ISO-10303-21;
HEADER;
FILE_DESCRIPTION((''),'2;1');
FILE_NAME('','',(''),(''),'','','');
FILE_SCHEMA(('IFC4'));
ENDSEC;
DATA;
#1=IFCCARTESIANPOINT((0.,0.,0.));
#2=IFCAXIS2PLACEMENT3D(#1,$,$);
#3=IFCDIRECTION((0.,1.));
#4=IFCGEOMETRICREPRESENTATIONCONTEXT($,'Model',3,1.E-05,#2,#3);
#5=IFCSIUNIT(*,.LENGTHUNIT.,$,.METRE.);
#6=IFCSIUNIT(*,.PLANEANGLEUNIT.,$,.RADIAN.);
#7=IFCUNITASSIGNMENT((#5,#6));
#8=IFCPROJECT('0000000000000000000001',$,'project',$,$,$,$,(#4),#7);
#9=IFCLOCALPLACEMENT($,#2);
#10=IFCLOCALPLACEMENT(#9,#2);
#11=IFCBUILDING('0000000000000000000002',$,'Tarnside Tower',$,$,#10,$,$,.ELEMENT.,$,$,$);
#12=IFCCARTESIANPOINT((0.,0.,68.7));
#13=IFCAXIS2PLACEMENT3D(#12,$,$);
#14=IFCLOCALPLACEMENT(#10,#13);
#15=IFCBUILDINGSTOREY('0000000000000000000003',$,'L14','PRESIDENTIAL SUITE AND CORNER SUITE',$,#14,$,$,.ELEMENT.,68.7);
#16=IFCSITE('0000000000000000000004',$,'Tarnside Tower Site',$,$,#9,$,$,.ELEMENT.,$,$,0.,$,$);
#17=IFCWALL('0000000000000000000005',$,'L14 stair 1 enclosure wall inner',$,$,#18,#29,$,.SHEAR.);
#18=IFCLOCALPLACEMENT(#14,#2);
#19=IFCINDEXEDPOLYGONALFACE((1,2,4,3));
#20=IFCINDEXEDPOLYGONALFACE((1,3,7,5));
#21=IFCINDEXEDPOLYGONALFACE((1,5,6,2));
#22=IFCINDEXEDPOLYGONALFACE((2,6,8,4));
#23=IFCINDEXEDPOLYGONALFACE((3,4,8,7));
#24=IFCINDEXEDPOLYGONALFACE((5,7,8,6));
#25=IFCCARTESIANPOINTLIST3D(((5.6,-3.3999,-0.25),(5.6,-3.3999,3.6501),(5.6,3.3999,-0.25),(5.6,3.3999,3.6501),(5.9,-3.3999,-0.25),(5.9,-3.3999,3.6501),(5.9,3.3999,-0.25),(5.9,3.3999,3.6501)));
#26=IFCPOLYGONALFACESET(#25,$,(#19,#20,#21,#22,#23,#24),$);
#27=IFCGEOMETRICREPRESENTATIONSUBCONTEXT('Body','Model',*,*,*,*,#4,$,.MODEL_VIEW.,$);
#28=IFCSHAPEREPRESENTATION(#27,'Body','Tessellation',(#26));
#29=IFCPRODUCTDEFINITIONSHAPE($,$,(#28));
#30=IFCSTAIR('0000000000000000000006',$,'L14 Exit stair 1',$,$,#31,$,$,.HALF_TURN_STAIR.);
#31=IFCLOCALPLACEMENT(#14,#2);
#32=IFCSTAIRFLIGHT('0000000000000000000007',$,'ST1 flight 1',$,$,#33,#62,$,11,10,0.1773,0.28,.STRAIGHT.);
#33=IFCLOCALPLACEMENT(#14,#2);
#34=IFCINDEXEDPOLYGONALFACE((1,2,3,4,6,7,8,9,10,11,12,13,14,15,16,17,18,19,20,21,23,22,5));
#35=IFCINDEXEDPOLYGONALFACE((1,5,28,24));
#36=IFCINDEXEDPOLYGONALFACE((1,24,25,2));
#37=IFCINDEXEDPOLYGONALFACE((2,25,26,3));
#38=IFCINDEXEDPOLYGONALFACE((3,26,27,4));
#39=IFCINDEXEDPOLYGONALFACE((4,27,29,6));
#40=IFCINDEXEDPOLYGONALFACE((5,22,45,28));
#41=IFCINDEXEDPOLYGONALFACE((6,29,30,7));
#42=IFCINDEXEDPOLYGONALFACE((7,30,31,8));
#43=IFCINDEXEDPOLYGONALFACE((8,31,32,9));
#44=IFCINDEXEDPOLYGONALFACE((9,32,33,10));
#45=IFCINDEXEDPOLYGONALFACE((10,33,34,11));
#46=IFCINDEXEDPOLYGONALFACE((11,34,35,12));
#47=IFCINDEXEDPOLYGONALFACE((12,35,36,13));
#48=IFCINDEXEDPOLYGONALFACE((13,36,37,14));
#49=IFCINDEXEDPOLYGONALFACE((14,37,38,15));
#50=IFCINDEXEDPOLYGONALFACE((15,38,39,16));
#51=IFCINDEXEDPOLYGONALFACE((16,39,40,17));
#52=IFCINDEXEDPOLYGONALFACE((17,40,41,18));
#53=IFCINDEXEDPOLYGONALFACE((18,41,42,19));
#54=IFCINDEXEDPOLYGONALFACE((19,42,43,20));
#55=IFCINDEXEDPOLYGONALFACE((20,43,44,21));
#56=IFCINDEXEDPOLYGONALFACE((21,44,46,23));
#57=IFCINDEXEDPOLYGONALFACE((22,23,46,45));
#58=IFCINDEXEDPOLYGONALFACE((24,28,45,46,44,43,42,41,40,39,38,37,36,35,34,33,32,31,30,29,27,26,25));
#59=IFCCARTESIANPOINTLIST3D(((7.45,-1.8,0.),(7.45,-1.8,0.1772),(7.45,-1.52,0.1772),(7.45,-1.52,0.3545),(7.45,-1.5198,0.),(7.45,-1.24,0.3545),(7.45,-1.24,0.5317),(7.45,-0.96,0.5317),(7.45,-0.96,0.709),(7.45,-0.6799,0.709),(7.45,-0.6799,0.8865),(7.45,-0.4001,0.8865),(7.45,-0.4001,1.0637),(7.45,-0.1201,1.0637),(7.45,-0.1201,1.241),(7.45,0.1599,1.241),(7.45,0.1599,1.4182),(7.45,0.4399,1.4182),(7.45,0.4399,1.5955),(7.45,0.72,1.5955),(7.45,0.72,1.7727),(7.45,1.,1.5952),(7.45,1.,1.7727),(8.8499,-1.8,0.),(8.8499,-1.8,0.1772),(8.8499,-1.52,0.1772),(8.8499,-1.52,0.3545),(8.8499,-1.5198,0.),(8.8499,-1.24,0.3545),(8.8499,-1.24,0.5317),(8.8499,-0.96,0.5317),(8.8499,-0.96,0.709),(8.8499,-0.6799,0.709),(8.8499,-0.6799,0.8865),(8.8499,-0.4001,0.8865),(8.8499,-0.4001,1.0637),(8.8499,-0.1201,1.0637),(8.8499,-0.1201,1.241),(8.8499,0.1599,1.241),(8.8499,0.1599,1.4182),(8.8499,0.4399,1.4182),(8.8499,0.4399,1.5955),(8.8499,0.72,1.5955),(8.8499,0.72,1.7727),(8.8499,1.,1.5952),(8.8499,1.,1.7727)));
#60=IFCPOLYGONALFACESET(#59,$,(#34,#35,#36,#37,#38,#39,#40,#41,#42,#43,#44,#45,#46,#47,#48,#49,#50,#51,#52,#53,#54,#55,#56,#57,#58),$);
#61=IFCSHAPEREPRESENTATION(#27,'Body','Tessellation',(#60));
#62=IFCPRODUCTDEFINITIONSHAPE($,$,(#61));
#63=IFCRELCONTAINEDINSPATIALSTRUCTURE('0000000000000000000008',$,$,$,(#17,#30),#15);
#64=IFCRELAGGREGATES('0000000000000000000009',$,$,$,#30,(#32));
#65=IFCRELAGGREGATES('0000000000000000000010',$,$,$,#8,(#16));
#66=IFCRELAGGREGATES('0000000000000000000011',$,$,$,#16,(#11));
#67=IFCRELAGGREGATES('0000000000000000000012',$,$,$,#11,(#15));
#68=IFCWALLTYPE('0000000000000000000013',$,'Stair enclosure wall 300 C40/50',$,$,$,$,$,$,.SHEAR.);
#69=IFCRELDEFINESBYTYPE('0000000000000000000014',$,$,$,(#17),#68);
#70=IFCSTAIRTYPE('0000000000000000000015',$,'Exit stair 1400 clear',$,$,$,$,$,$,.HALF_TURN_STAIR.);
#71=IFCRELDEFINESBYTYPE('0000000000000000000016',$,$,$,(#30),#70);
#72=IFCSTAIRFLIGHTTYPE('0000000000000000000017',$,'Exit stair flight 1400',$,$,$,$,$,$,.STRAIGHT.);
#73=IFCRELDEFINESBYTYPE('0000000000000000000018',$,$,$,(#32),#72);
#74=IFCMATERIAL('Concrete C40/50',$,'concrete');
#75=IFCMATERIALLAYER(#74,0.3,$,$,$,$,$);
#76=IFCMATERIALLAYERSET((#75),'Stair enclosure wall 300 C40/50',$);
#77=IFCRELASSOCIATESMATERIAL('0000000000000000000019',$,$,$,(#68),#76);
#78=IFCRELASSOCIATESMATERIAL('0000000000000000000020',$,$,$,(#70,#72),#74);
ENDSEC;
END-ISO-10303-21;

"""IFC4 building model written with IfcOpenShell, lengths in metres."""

from ifc_helpers import new_model, si_unit, direction, frame, frame_2d, origin, place, context, subcontext, project, spatial, polyline, rectangle, outline, extrude, material, layer, layer_set, type_object, element, aggregate, save


model = new_model("IFC4")

# Units and contexts
model_context = context("Model", 3, precision=1e-05, world=origin(), true_north=direction((0.0, 1.0)))
body_context = subcontext(model_context, "Body", "Model", "MODEL_VIEW")
ifc_project = project(units=[si_unit("LENGTHUNIT", "METRE"), si_unit("PLANEANGLEUNIT", "RADIAN")], contexts=[model_context])

# Site, building, storey
site_placement = place(None, origin())
site = spatial("IfcSite", under=ifc_project, at=site_placement, Name="Tarnside Tower Site", CompositionType="ELEMENT", RefElevation=0.0)
building_placement = place(site_placement, origin())
building = spatial("IfcBuilding", under=site, at=building_placement, Name="Tarnside Tower", CompositionType="ELEMENT")
storey_placement = place(building_placement, frame((0.0, 0.0, 68.7)))
storey = spatial("IfcBuildingStorey", under=building, at=storey_placement, Name="L14", Description="PRESIDENTIAL SUITE AND CORNER SUITE", CompositionType="ELEMENT", Elevation=68.7)

# Shared definitions
ifc_material_1 = material(Name="Concrete C40/50", Category="concrete")

# Wall
ifc_layer_1 = layer(ifc_material_1, 0.3)
ifc_layer_set_1 = layer_set([ifc_layer_1], Name="Stair enclosure wall 300 C40/50")
wall_type_1 = type_object("IfcWallType", Name="Stair enclosure wall 300 C40/50", PredefinedType="SHEAR", material=ifc_layer_set_1)
wall_1_placement = place(storey_placement, frame((5.75, -3.3999, -0.25), z_axis=(0.0, 0.0, 1.0), x_axis=(0.0, 1.0, 0.0)))
element("IfcWall", 1, at=wall_1_placement, inside=storey, type_object=wall_type_1, Name="L14 stair 1 enclosure wall inner", PredefinedType="SHEAR", context=body_context, shape_type="SweptSolid", body=[
    extrude(rectangle(XDim=6.7998, YDim=0.3, at=frame_2d((3.3999, 0.0))), origin(), (0.0, 0.0, 1.0), 3.9001),
])

# Stair, stair flight
stair_type = type_object("IfcStairType", Name="Exit stair 1400 clear", PredefinedType="HALF_TURN_STAIR", material=ifc_material_1)
stair_placement = place(storey_placement, origin())
stair = element("IfcStair", 2, at=stair_placement, inside=storey, type_object=stair_type, Name="L14 Exit stair 1", PredefinedType="HALF_TURN_STAIR")
stair_flight_type = type_object("IfcStairFlightType", Name="Exit stair flight 1400", PredefinedType="STRAIGHT", material=ifc_material_1)
stair_flight_placement = place(storey_placement, frame((8.1499, -1.8, 0.0), z_axis=(0.0, 0.0, 1.0), x_axis=(0.0, 1.0, 0.0)))
stair_flight = element("IfcStairFlight", 3, at=stair_flight_placement, type_object=stair_flight_type, Name="ST1 flight 1", NumberOfRisers=11, NumberOfTreads=10, PredefinedType="STRAIGHT", RiserHeight=0.1773, TreadLength=0.28, context=body_context, shape_type="SweptSolid", body=[
    extrude(outline(polyline([(0.0, 0.0), (0.0, 0.1772), (0.28, 0.1772), (0.28, 0.3545), (0.5601, 0.3545), (0.5601, 0.5317), (0.8401, 0.5317), (0.8401, 0.709), (1.1201, 0.709), (1.1201, 0.8865), (1.3999, 0.8865), (1.3999, 1.0637), (1.6799, 1.0637), (1.6799, 1.241), (1.96, 1.241), (1.96, 1.4182), (2.24, 1.4182), (2.24, 1.5955), (2.52, 1.5955), (2.52, 1.7727), (2.8, 1.7727), (2.8, 1.95), (2.8, 1.5952), (0.2803, 0.0), (0.0, 0.0)])), frame((0.0, 0.7, 0.0), z_axis=(0.0, -1.0, 0.0), x_axis=(1.0, 0.0, 0.0)), (0.0, 0.0, 1.0), 1.3999),
])
aggregate(stair, [stair_flight])

save(model, "model.ifc")
